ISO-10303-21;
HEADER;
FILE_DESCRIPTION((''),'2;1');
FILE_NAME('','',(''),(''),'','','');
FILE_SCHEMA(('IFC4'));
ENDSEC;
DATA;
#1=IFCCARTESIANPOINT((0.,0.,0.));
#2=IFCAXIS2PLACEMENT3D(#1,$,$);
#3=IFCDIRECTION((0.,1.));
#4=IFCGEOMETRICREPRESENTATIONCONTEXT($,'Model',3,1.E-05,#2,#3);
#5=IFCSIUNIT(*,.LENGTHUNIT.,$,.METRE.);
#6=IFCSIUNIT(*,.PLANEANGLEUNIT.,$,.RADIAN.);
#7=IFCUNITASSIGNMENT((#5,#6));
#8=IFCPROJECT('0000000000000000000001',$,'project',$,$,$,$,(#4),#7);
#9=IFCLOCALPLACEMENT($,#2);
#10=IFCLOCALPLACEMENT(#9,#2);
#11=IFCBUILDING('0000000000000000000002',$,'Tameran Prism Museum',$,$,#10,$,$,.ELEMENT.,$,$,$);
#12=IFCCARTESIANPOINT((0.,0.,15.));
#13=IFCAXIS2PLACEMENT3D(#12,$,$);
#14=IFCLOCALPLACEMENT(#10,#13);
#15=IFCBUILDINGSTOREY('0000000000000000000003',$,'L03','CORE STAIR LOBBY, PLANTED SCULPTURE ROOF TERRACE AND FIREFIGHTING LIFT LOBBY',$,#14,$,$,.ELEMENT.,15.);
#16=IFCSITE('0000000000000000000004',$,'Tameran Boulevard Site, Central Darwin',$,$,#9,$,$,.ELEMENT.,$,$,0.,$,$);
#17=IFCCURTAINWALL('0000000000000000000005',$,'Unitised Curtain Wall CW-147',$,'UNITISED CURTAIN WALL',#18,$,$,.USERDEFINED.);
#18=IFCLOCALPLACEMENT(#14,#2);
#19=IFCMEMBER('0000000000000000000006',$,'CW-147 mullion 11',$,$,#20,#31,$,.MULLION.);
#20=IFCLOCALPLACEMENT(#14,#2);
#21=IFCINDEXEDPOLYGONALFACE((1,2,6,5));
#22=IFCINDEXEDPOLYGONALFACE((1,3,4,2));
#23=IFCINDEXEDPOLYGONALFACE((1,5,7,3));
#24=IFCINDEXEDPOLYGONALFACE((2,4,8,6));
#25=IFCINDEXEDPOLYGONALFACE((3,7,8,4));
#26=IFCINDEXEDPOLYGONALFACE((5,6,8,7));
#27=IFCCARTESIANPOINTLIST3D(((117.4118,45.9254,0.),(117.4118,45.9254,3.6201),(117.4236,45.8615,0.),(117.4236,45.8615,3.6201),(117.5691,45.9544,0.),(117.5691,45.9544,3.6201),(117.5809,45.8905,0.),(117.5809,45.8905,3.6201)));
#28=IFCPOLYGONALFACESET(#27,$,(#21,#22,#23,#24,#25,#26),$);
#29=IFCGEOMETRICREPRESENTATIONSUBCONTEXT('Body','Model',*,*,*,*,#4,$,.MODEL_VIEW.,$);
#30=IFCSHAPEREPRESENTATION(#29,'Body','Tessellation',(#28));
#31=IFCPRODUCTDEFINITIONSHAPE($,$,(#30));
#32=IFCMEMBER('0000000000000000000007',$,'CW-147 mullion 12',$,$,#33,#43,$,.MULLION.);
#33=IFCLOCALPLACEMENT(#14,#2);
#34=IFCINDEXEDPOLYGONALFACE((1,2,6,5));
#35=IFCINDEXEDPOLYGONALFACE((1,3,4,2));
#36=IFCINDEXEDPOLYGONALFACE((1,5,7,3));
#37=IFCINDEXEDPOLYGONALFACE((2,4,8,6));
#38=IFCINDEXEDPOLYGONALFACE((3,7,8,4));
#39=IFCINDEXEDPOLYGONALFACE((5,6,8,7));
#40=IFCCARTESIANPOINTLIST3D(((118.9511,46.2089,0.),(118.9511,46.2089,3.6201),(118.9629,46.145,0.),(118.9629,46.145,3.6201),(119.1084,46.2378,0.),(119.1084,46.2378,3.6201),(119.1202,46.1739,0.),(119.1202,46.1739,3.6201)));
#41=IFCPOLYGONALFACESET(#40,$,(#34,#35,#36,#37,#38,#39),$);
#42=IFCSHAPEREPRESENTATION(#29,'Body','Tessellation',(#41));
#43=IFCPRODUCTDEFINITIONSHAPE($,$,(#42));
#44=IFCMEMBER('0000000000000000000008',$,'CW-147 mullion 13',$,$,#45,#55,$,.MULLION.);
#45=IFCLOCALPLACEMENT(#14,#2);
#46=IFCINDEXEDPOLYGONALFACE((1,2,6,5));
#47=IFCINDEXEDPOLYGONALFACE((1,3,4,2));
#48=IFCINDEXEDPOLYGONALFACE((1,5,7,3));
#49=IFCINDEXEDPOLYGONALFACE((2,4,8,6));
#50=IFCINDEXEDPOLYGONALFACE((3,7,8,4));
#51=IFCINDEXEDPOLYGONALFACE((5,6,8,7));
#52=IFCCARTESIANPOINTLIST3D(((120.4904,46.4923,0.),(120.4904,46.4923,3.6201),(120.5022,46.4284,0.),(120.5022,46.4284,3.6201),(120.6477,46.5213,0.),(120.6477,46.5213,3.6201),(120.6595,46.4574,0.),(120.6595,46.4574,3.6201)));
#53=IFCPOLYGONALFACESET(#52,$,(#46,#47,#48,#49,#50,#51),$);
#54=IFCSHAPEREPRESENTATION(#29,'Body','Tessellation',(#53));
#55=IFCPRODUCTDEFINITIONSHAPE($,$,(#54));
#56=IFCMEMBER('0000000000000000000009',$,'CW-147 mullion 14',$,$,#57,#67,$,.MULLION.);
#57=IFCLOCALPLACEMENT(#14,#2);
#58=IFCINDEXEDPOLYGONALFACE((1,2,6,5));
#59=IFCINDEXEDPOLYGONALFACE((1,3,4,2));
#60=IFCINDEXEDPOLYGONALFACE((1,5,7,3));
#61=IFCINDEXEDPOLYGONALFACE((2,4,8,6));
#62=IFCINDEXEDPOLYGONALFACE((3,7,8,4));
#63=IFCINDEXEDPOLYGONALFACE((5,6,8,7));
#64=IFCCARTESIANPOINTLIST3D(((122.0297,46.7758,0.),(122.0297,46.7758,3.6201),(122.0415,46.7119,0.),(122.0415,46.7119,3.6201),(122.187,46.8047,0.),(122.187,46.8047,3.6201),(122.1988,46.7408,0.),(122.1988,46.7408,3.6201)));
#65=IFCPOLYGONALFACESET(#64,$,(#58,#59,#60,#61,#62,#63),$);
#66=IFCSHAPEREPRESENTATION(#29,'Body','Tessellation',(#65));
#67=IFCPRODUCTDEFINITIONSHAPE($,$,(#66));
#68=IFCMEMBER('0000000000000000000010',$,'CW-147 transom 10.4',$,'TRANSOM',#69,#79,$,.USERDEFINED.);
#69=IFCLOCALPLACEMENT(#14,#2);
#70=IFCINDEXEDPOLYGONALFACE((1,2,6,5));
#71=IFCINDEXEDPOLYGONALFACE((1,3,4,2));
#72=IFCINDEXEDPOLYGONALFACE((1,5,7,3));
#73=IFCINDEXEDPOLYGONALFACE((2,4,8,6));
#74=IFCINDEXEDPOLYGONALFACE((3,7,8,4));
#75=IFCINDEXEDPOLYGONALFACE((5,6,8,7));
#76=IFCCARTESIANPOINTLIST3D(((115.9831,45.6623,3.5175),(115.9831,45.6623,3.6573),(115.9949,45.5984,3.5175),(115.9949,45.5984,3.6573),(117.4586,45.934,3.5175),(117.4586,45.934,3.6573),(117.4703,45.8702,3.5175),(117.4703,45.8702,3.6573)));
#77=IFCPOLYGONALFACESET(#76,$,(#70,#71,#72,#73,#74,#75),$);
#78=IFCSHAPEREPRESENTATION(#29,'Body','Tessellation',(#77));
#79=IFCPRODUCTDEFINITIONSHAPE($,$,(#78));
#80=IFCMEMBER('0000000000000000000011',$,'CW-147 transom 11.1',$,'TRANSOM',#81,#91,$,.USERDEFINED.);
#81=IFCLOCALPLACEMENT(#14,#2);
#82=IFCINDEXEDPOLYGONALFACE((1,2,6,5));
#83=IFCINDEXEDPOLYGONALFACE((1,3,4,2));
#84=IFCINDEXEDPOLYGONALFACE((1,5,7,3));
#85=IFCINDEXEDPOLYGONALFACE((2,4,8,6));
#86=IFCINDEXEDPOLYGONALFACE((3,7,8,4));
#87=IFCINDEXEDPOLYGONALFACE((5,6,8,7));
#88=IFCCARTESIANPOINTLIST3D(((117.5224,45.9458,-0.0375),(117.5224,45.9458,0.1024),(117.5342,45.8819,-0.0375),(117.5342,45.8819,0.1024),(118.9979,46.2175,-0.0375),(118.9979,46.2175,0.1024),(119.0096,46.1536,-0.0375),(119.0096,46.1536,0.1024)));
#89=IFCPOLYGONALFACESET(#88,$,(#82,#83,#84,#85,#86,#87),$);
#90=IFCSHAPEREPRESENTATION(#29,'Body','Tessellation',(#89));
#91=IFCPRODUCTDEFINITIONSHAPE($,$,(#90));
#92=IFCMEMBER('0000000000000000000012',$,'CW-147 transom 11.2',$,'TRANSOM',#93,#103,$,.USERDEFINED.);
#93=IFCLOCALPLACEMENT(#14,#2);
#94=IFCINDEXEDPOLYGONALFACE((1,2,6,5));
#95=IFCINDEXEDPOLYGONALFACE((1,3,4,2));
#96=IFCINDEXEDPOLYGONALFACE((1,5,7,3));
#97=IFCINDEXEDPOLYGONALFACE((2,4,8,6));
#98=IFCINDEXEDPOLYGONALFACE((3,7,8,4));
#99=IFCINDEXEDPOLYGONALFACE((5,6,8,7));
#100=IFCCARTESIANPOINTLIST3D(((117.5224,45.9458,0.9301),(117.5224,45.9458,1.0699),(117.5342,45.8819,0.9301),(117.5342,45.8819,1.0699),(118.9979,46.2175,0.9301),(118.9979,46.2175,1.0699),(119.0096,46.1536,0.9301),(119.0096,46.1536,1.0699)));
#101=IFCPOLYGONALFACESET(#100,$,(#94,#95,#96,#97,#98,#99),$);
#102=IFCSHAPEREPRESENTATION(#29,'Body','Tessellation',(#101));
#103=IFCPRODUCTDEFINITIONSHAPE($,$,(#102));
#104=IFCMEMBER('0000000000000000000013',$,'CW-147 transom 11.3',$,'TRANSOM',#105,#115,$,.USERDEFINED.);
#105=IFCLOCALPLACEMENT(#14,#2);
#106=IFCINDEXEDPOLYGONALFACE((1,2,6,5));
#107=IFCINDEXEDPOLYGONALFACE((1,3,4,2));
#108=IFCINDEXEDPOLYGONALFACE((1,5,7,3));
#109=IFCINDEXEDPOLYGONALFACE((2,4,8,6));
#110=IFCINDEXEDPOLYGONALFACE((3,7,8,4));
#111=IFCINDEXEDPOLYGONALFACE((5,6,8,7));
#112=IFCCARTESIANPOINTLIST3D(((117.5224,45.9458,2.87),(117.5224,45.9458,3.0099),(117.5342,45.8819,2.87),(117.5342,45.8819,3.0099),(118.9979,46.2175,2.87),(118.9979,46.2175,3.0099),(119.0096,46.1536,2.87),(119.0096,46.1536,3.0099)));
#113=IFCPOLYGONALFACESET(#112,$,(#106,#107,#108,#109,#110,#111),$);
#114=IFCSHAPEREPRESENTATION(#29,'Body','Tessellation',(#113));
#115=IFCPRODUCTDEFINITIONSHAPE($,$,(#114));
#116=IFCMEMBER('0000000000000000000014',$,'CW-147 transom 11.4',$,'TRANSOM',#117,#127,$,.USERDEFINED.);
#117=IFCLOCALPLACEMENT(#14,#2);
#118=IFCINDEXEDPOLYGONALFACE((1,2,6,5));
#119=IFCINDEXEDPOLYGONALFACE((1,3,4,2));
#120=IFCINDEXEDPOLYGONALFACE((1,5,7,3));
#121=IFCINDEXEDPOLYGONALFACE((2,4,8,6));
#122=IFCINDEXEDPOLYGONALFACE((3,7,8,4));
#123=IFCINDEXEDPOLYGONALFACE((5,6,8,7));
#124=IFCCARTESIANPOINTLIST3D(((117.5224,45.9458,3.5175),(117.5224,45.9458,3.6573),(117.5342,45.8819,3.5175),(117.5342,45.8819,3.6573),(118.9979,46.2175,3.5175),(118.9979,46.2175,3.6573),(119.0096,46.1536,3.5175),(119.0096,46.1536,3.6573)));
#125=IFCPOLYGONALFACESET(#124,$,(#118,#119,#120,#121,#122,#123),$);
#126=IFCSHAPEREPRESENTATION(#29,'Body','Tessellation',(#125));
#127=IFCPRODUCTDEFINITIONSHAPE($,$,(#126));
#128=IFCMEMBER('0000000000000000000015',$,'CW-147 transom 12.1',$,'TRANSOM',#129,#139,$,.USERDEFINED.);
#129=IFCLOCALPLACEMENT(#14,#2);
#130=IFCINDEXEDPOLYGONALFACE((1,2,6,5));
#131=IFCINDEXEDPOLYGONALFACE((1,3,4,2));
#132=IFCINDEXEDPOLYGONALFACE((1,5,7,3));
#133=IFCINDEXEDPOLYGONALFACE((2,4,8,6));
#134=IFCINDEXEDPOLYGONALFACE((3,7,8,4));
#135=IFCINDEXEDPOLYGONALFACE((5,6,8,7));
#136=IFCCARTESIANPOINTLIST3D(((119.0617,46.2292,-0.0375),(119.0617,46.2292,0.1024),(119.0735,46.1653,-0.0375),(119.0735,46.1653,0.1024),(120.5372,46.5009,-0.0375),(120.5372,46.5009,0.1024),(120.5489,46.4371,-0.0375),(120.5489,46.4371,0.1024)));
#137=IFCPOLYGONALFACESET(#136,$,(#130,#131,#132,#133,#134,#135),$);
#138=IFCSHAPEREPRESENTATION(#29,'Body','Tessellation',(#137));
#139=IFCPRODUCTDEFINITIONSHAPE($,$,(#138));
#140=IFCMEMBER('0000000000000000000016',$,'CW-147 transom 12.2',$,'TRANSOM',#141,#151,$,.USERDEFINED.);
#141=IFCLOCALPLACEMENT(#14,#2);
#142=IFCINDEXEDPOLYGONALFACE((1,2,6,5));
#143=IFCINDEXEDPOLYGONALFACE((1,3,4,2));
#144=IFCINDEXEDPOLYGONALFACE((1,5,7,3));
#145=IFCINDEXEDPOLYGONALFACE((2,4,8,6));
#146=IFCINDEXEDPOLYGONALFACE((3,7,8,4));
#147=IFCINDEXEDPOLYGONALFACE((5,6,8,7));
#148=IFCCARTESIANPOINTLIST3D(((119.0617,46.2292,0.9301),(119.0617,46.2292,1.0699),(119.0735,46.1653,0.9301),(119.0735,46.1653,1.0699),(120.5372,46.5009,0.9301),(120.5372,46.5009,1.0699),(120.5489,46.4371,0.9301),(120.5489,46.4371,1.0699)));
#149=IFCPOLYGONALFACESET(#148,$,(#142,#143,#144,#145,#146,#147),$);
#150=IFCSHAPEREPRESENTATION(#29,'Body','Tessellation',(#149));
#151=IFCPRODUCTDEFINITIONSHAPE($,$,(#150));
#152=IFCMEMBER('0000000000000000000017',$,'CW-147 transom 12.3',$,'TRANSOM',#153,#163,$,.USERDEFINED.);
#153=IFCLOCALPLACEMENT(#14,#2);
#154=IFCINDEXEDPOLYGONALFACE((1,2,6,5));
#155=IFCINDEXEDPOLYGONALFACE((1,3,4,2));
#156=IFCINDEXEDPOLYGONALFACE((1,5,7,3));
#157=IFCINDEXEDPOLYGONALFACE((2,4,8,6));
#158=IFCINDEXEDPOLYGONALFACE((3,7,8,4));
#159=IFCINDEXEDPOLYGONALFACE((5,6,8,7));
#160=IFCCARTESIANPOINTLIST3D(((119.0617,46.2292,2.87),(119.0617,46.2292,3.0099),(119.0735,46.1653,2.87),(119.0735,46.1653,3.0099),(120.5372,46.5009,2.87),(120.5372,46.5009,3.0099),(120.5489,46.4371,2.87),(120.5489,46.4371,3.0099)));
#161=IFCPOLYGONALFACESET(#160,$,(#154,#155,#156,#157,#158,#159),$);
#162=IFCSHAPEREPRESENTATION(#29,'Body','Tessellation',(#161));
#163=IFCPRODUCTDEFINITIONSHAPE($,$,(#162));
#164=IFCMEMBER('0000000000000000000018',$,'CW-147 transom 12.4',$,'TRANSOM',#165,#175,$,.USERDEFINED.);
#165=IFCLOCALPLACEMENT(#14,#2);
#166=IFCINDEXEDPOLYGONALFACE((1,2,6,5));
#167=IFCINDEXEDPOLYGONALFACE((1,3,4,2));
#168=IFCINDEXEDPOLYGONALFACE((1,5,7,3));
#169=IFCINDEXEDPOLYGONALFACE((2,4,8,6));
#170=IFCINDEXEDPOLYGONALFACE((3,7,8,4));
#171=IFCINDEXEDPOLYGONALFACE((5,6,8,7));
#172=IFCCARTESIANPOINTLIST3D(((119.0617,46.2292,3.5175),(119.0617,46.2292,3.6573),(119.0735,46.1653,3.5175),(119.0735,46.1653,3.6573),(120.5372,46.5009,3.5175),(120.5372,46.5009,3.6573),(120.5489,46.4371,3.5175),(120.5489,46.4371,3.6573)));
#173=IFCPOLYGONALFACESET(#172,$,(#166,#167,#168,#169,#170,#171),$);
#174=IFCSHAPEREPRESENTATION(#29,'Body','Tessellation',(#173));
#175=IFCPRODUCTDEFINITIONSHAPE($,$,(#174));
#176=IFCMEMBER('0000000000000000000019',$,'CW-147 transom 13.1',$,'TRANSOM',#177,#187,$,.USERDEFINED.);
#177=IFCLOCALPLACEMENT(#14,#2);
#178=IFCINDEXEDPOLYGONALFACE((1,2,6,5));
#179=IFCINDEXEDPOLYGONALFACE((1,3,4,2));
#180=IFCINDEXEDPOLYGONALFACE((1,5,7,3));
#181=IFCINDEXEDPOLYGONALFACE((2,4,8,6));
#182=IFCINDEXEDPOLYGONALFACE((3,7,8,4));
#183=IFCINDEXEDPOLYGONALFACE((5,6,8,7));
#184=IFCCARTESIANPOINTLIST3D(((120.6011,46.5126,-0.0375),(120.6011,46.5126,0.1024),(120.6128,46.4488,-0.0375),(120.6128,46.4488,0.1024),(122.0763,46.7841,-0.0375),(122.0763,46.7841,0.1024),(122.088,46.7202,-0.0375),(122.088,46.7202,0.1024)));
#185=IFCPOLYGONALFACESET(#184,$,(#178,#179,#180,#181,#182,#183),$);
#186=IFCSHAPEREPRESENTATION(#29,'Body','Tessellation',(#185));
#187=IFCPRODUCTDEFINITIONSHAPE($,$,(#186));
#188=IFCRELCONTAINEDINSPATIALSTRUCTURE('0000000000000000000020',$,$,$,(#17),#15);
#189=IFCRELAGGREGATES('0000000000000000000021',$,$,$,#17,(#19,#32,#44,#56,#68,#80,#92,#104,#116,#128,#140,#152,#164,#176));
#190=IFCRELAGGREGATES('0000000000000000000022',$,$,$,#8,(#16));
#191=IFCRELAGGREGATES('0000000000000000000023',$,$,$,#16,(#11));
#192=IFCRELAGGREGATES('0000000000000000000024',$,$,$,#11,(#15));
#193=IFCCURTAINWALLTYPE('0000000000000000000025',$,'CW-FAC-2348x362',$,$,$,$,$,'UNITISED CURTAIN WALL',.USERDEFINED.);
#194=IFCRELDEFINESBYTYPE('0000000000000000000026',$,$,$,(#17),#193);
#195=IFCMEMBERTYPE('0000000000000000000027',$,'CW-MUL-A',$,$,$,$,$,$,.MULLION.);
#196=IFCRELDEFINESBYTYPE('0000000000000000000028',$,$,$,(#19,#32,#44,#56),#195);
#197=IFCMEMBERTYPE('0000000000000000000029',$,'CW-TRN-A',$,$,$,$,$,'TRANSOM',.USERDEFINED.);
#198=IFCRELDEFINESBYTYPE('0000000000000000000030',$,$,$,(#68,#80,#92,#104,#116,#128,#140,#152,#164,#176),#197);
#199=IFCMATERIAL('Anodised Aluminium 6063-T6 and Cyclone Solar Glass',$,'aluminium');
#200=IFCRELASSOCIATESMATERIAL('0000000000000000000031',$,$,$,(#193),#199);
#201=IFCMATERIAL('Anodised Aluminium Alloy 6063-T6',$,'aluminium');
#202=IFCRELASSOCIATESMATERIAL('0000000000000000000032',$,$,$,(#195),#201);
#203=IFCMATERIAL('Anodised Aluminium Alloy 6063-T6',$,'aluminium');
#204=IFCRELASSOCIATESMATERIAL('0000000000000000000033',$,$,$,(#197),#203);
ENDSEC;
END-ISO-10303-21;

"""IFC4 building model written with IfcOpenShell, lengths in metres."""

from ifc_helpers import new_model, si_unit, direction, frame, origin, origin_2d, place, context, subcontext, project, spatial, rectangle, extrude, material, material_profile, profile_set, type_object, element, aggregate, save


model = new_model("IFC4")

# Units and contexts
model_context = context("Model", 3, precision=1e-05, world=origin(), true_north=direction((0.0, 1.0)))
body_context = subcontext(model_context, "Body", "Model", "MODEL_VIEW")
ifc_project = project(units=[si_unit("LENGTHUNIT", "METRE"), si_unit("PLANEANGLEUNIT", "RADIAN")], contexts=[model_context])

# Site, building, storey
site_placement = place(None, origin())
site = spatial("IfcSite", under=ifc_project, at=site_placement, Name="Tameran Boulevard Site, Central Darwin", CompositionType="ELEMENT", RefElevation=0.0)
building_placement = place(site_placement, origin())
building = spatial("IfcBuilding", under=site, at=building_placement, Name="Tameran Prism Museum", CompositionType="ELEMENT")
storey_placement = place(building_placement, frame((0.0, 0.0, 15.0)))
storey = spatial("IfcBuildingStorey", under=building, at=storey_placement, Name="L03", Description="CORE STAIR LOBBY, PLANTED SCULPTURE ROOF TERRACE AND FIREFIGHTING LIFT LOBBY", CompositionType="ELEMENT", Elevation=15.0)

# Curtain wall, members
ifc_material_1 = material(Name="Anodised Aluminium 6063-T6 and Cyclone Solar Glass", Category="aluminium")
curtain_wall_type = type_object("IfcCurtainWallType", Name="CW-FAC-2348x362", ElementType="UNITISED CURTAIN WALL", PredefinedType="USERDEFINED", material=ifc_material_1)
curtain_wall_placement = place(storey_placement, origin())
curtain_wall = element("IfcCurtainWall", 1, at=curtain_wall_placement, inside=storey, type_object=curtain_wall_type, Name="Unitised Curtain Wall CW-147", ObjectType="UNITISED CURTAIN WALL", PredefinedType="USERDEFINED")
ifc_material_2 = material(Name="Anodised Aluminium Alloy 6063-T6", Category="aluminium")
ifc_material_profile_1 = material_profile(ifc_material_2, rectangle(XDim=0.0649, YDim=0.1599, at=origin_2d()))
ifc_profile_set_1 = profile_set([ifc_material_profile_1])
member_type_1 = type_object("IfcMemberType", Name="CW-MUL-A", PredefinedType="MULLION", material=ifc_profile_set_1)
member_1_placement = place(storey_placement, frame((117.4963, 45.908, 0.0), z_axis=(0.0, 0.0, 1.0), x_axis=(-0.181063, 0.983472, 0.0)))
member_1 = element("IfcMember", 2, at=member_1_placement, type_object=member_type_1, Name="CW-147 mullion 11", PredefinedType="MULLION", context=body_context, shape_type="SweptSolid", body=[
    extrude(rectangle(XDim=0.0649, YDim=0.1599, at=origin_2d()), origin(), (0.0, 0.0, 1.0), 3.6201),
])
member_2_placement = place(storey_placement, frame((119.0356, 46.1914, 0.0), z_axis=(0.0, 0.0, 1.0), x_axis=(-0.181063, 0.983472, 0.0)))
member_2 = element("IfcMember", 3, at=member_2_placement, type_object=member_type_1, Name="CW-147 mullion 12", PredefinedType="MULLION", context=body_context, shape_type="SweptSolid", body=[
    extrude(rectangle(XDim=0.0649, YDim=0.1599, at=origin_2d()), origin(), (0.0, 0.0, 1.0), 3.6201),
])
member_3_placement = place(storey_placement, frame((120.575, 46.4749, 0.0), z_axis=(0.0, 0.0, 1.0), x_axis=(-0.181063, 0.983472, 0.0)))
member_3 = element("IfcMember", 4, at=member_3_placement, type_object=member_type_1, Name="CW-147 mullion 13", PredefinedType="MULLION", context=body_context, shape_type="SweptSolid", body=[
    extrude(rectangle(XDim=0.0649, YDim=0.1599, at=origin_2d()), origin(), (0.0, 0.0, 1.0), 3.6201),
])
member_4_placement = place(storey_placement, frame((122.1143, 46.7583, 0.0), z_axis=(0.0, 0.0, 1.0), x_axis=(-0.181063, 0.983472, 0.0)))
member_4 = element("IfcMember", 5, at=member_4_placement, type_object=member_type_1, Name="CW-147 mullion 14", PredefinedType="MULLION", context=body_context, shape_type="SweptSolid", body=[
    extrude(rectangle(XDim=0.0649, YDim=0.1599, at=origin_2d()), origin(), (0.0, 0.0, 1.0), 3.6201),
])
ifc_material_3 = material(Name="Anodised Aluminium Alloy 6063-T6", Category="aluminium")
ifc_material_profile_2 = material_profile(ifc_material_3, rectangle(XDim=0.0649, YDim=0.1399, at=origin_2d()))
ifc_profile_set_2 = profile_set([ifc_material_profile_2])
member_type_2 = type_object("IfcMemberType", Name="CW-TRN-A", ElementType="TRANSOM", PredefinedType="USERDEFINED", material=ifc_profile_set_2)
member_5_placement = place(storey_placement, frame((115.989, 45.6304, 3.5874), z_axis=(0.983459, 0.181133, 0.0), x_axis=(-0.181133, 0.983459, 0.0)))
member_5 = element("IfcMember", 6, at=member_5_placement, type_object=member_type_2, Name="CW-147 transom 10.4", ObjectType="TRANSOM", PredefinedType="USERDEFINED", context=body_context, shape_type="SweptSolid", body=[
    extrude(rectangle(XDim=0.0649, YDim=0.1399, at=origin_2d()), origin(), (0.0, 0.0, 1.0), 1.5002),
])
member_6_placement = place(storey_placement, frame((117.5283, 45.9138, 0.0325), z_axis=(0.983459, 0.181133, 0.0), x_axis=(-0.181133, 0.983459, 0.0)))
member_6 = element("IfcMember", 7, at=member_6_placement, type_object=member_type_2, Name="CW-147 transom 11.1", ObjectType="TRANSOM", PredefinedType="USERDEFINED", context=body_context, shape_type="SweptSolid", body=[
    extrude(rectangle(XDim=0.0649, YDim=0.1399, at=origin_2d()), origin(), (0.0, 0.0, 1.0), 1.5002),
])
member_7_placement = place(storey_placement, frame((117.5283, 45.9138, 1.0), z_axis=(0.983459, 0.181133, 0.0), x_axis=(-0.181133, 0.983459, 0.0)))
member_7 = element("IfcMember", 8, at=member_7_placement, type_object=member_type_2, Name="CW-147 transom 11.2", ObjectType="TRANSOM", PredefinedType="USERDEFINED", context=body_context, shape_type="SweptSolid", body=[
    extrude(rectangle(XDim=0.0649, YDim=0.1399, at=origin_2d()), origin(), (0.0, 0.0, 1.0), 1.5002),
])
member_8_placement = place(storey_placement, frame((117.5283, 45.9138, 2.9399), z_axis=(0.983459, 0.181133, 0.0), x_axis=(-0.181133, 0.983459, 0.0)))
member_8 = element("IfcMember", 9, at=member_8_placement, type_object=member_type_2, Name="CW-147 transom 11.3", ObjectType="TRANSOM", PredefinedType="USERDEFINED", context=body_context, shape_type="SweptSolid", body=[
    extrude(rectangle(XDim=0.0649, YDim=0.1399, at=origin_2d()), origin(), (0.0, 0.0, 1.0), 1.5002),
])
member_9_placement = place(storey_placement, frame((117.5283, 45.9138, 3.5874), z_axis=(0.983459, 0.181133, 0.0), x_axis=(-0.181133, 0.983459, 0.0)))
member_9 = element("IfcMember", 10, at=member_9_placement, type_object=member_type_2, Name="CW-147 transom 11.4", ObjectType="TRANSOM", PredefinedType="USERDEFINED", context=body_context, shape_type="SweptSolid", body=[
    extrude(rectangle(XDim=0.0649, YDim=0.1399, at=origin_2d()), origin(), (0.0, 0.0, 1.0), 1.5002),
])
member_10_placement = place(storey_placement, frame((119.0676, 46.1973, 0.0325), z_axis=(0.983459, 0.181133, 0.0), x_axis=(-0.181133, 0.983459, 0.0)))
member_10 = element("IfcMember", 11, at=member_10_placement, type_object=member_type_2, Name="CW-147 transom 12.1", ObjectType="TRANSOM", PredefinedType="USERDEFINED", context=body_context, shape_type="SweptSolid", body=[
    extrude(rectangle(XDim=0.0649, YDim=0.1399, at=origin_2d()), origin(), (0.0, 0.0, 1.0), 1.5002),
])
member_11_placement = place(storey_placement, frame((119.0676, 46.1973, 1.0), z_axis=(0.983459, 0.181133, 0.0), x_axis=(-0.181133, 0.983459, 0.0)))
member_11 = element("IfcMember", 12, at=member_11_placement, type_object=member_type_2, Name="CW-147 transom 12.2", ObjectType="TRANSOM", PredefinedType="USERDEFINED", context=body_context, shape_type="SweptSolid", body=[
    extrude(rectangle(XDim=0.0649, YDim=0.1399, at=origin_2d()), origin(), (0.0, 0.0, 1.0), 1.5002),
])
member_12_placement = place(storey_placement, frame((119.0676, 46.1973, 2.9399), z_axis=(0.983459, 0.181133, 0.0), x_axis=(-0.181133, 0.983459, 0.0)))
member_12 = element("IfcMember", 13, at=member_12_placement, type_object=member_type_2, Name="CW-147 transom 12.3", ObjectType="TRANSOM", PredefinedType="USERDEFINED", context=body_context, shape_type="SweptSolid", body=[
    extrude(rectangle(XDim=0.0649, YDim=0.1399, at=origin_2d()), origin(), (0.0, 0.0, 1.0), 1.5002),
])
member_13_placement = place(storey_placement, frame((119.0676, 46.1973, 3.5874), z_axis=(0.983459, 0.181133, 0.0), x_axis=(-0.181133, 0.983459, 0.0)))
member_13 = element("IfcMember", 14, at=member_13_placement, type_object=member_type_2, Name="CW-147 transom 12.4", ObjectType="TRANSOM", PredefinedType="USERDEFINED", context=body_context, shape_type="SweptSolid", body=[
    extrude(rectangle(XDim=0.0649, YDim=0.1399, at=origin_2d()), origin(), (0.0, 0.0, 1.0), 1.5002),
])
member_14_placement = place(storey_placement, frame((120.6069, 46.4807, 0.0325), z_axis=(0.983488, 0.180976, 0.0), x_axis=(-0.180976, 0.983488, 0.0)))
member_14 = element("IfcMember", 15, at=member_14_placement, type_object=member_type_2, Name="CW-147 transom 13.1", ObjectType="TRANSOM", PredefinedType="USERDEFINED", context=body_context, shape_type="SweptSolid", body=[
    extrude(rectangle(XDim=0.0649, YDim=0.1399, at=origin_2d()), origin(), (0.0, 0.0, 1.0), 1.5),
])
aggregate(curtain_wall, [member_1, member_2, member_3, member_4, member_5, member_6, member_7, member_8, member_9, member_10, member_11, member_12, member_13, member_14])

save(model, "model.ifc")
